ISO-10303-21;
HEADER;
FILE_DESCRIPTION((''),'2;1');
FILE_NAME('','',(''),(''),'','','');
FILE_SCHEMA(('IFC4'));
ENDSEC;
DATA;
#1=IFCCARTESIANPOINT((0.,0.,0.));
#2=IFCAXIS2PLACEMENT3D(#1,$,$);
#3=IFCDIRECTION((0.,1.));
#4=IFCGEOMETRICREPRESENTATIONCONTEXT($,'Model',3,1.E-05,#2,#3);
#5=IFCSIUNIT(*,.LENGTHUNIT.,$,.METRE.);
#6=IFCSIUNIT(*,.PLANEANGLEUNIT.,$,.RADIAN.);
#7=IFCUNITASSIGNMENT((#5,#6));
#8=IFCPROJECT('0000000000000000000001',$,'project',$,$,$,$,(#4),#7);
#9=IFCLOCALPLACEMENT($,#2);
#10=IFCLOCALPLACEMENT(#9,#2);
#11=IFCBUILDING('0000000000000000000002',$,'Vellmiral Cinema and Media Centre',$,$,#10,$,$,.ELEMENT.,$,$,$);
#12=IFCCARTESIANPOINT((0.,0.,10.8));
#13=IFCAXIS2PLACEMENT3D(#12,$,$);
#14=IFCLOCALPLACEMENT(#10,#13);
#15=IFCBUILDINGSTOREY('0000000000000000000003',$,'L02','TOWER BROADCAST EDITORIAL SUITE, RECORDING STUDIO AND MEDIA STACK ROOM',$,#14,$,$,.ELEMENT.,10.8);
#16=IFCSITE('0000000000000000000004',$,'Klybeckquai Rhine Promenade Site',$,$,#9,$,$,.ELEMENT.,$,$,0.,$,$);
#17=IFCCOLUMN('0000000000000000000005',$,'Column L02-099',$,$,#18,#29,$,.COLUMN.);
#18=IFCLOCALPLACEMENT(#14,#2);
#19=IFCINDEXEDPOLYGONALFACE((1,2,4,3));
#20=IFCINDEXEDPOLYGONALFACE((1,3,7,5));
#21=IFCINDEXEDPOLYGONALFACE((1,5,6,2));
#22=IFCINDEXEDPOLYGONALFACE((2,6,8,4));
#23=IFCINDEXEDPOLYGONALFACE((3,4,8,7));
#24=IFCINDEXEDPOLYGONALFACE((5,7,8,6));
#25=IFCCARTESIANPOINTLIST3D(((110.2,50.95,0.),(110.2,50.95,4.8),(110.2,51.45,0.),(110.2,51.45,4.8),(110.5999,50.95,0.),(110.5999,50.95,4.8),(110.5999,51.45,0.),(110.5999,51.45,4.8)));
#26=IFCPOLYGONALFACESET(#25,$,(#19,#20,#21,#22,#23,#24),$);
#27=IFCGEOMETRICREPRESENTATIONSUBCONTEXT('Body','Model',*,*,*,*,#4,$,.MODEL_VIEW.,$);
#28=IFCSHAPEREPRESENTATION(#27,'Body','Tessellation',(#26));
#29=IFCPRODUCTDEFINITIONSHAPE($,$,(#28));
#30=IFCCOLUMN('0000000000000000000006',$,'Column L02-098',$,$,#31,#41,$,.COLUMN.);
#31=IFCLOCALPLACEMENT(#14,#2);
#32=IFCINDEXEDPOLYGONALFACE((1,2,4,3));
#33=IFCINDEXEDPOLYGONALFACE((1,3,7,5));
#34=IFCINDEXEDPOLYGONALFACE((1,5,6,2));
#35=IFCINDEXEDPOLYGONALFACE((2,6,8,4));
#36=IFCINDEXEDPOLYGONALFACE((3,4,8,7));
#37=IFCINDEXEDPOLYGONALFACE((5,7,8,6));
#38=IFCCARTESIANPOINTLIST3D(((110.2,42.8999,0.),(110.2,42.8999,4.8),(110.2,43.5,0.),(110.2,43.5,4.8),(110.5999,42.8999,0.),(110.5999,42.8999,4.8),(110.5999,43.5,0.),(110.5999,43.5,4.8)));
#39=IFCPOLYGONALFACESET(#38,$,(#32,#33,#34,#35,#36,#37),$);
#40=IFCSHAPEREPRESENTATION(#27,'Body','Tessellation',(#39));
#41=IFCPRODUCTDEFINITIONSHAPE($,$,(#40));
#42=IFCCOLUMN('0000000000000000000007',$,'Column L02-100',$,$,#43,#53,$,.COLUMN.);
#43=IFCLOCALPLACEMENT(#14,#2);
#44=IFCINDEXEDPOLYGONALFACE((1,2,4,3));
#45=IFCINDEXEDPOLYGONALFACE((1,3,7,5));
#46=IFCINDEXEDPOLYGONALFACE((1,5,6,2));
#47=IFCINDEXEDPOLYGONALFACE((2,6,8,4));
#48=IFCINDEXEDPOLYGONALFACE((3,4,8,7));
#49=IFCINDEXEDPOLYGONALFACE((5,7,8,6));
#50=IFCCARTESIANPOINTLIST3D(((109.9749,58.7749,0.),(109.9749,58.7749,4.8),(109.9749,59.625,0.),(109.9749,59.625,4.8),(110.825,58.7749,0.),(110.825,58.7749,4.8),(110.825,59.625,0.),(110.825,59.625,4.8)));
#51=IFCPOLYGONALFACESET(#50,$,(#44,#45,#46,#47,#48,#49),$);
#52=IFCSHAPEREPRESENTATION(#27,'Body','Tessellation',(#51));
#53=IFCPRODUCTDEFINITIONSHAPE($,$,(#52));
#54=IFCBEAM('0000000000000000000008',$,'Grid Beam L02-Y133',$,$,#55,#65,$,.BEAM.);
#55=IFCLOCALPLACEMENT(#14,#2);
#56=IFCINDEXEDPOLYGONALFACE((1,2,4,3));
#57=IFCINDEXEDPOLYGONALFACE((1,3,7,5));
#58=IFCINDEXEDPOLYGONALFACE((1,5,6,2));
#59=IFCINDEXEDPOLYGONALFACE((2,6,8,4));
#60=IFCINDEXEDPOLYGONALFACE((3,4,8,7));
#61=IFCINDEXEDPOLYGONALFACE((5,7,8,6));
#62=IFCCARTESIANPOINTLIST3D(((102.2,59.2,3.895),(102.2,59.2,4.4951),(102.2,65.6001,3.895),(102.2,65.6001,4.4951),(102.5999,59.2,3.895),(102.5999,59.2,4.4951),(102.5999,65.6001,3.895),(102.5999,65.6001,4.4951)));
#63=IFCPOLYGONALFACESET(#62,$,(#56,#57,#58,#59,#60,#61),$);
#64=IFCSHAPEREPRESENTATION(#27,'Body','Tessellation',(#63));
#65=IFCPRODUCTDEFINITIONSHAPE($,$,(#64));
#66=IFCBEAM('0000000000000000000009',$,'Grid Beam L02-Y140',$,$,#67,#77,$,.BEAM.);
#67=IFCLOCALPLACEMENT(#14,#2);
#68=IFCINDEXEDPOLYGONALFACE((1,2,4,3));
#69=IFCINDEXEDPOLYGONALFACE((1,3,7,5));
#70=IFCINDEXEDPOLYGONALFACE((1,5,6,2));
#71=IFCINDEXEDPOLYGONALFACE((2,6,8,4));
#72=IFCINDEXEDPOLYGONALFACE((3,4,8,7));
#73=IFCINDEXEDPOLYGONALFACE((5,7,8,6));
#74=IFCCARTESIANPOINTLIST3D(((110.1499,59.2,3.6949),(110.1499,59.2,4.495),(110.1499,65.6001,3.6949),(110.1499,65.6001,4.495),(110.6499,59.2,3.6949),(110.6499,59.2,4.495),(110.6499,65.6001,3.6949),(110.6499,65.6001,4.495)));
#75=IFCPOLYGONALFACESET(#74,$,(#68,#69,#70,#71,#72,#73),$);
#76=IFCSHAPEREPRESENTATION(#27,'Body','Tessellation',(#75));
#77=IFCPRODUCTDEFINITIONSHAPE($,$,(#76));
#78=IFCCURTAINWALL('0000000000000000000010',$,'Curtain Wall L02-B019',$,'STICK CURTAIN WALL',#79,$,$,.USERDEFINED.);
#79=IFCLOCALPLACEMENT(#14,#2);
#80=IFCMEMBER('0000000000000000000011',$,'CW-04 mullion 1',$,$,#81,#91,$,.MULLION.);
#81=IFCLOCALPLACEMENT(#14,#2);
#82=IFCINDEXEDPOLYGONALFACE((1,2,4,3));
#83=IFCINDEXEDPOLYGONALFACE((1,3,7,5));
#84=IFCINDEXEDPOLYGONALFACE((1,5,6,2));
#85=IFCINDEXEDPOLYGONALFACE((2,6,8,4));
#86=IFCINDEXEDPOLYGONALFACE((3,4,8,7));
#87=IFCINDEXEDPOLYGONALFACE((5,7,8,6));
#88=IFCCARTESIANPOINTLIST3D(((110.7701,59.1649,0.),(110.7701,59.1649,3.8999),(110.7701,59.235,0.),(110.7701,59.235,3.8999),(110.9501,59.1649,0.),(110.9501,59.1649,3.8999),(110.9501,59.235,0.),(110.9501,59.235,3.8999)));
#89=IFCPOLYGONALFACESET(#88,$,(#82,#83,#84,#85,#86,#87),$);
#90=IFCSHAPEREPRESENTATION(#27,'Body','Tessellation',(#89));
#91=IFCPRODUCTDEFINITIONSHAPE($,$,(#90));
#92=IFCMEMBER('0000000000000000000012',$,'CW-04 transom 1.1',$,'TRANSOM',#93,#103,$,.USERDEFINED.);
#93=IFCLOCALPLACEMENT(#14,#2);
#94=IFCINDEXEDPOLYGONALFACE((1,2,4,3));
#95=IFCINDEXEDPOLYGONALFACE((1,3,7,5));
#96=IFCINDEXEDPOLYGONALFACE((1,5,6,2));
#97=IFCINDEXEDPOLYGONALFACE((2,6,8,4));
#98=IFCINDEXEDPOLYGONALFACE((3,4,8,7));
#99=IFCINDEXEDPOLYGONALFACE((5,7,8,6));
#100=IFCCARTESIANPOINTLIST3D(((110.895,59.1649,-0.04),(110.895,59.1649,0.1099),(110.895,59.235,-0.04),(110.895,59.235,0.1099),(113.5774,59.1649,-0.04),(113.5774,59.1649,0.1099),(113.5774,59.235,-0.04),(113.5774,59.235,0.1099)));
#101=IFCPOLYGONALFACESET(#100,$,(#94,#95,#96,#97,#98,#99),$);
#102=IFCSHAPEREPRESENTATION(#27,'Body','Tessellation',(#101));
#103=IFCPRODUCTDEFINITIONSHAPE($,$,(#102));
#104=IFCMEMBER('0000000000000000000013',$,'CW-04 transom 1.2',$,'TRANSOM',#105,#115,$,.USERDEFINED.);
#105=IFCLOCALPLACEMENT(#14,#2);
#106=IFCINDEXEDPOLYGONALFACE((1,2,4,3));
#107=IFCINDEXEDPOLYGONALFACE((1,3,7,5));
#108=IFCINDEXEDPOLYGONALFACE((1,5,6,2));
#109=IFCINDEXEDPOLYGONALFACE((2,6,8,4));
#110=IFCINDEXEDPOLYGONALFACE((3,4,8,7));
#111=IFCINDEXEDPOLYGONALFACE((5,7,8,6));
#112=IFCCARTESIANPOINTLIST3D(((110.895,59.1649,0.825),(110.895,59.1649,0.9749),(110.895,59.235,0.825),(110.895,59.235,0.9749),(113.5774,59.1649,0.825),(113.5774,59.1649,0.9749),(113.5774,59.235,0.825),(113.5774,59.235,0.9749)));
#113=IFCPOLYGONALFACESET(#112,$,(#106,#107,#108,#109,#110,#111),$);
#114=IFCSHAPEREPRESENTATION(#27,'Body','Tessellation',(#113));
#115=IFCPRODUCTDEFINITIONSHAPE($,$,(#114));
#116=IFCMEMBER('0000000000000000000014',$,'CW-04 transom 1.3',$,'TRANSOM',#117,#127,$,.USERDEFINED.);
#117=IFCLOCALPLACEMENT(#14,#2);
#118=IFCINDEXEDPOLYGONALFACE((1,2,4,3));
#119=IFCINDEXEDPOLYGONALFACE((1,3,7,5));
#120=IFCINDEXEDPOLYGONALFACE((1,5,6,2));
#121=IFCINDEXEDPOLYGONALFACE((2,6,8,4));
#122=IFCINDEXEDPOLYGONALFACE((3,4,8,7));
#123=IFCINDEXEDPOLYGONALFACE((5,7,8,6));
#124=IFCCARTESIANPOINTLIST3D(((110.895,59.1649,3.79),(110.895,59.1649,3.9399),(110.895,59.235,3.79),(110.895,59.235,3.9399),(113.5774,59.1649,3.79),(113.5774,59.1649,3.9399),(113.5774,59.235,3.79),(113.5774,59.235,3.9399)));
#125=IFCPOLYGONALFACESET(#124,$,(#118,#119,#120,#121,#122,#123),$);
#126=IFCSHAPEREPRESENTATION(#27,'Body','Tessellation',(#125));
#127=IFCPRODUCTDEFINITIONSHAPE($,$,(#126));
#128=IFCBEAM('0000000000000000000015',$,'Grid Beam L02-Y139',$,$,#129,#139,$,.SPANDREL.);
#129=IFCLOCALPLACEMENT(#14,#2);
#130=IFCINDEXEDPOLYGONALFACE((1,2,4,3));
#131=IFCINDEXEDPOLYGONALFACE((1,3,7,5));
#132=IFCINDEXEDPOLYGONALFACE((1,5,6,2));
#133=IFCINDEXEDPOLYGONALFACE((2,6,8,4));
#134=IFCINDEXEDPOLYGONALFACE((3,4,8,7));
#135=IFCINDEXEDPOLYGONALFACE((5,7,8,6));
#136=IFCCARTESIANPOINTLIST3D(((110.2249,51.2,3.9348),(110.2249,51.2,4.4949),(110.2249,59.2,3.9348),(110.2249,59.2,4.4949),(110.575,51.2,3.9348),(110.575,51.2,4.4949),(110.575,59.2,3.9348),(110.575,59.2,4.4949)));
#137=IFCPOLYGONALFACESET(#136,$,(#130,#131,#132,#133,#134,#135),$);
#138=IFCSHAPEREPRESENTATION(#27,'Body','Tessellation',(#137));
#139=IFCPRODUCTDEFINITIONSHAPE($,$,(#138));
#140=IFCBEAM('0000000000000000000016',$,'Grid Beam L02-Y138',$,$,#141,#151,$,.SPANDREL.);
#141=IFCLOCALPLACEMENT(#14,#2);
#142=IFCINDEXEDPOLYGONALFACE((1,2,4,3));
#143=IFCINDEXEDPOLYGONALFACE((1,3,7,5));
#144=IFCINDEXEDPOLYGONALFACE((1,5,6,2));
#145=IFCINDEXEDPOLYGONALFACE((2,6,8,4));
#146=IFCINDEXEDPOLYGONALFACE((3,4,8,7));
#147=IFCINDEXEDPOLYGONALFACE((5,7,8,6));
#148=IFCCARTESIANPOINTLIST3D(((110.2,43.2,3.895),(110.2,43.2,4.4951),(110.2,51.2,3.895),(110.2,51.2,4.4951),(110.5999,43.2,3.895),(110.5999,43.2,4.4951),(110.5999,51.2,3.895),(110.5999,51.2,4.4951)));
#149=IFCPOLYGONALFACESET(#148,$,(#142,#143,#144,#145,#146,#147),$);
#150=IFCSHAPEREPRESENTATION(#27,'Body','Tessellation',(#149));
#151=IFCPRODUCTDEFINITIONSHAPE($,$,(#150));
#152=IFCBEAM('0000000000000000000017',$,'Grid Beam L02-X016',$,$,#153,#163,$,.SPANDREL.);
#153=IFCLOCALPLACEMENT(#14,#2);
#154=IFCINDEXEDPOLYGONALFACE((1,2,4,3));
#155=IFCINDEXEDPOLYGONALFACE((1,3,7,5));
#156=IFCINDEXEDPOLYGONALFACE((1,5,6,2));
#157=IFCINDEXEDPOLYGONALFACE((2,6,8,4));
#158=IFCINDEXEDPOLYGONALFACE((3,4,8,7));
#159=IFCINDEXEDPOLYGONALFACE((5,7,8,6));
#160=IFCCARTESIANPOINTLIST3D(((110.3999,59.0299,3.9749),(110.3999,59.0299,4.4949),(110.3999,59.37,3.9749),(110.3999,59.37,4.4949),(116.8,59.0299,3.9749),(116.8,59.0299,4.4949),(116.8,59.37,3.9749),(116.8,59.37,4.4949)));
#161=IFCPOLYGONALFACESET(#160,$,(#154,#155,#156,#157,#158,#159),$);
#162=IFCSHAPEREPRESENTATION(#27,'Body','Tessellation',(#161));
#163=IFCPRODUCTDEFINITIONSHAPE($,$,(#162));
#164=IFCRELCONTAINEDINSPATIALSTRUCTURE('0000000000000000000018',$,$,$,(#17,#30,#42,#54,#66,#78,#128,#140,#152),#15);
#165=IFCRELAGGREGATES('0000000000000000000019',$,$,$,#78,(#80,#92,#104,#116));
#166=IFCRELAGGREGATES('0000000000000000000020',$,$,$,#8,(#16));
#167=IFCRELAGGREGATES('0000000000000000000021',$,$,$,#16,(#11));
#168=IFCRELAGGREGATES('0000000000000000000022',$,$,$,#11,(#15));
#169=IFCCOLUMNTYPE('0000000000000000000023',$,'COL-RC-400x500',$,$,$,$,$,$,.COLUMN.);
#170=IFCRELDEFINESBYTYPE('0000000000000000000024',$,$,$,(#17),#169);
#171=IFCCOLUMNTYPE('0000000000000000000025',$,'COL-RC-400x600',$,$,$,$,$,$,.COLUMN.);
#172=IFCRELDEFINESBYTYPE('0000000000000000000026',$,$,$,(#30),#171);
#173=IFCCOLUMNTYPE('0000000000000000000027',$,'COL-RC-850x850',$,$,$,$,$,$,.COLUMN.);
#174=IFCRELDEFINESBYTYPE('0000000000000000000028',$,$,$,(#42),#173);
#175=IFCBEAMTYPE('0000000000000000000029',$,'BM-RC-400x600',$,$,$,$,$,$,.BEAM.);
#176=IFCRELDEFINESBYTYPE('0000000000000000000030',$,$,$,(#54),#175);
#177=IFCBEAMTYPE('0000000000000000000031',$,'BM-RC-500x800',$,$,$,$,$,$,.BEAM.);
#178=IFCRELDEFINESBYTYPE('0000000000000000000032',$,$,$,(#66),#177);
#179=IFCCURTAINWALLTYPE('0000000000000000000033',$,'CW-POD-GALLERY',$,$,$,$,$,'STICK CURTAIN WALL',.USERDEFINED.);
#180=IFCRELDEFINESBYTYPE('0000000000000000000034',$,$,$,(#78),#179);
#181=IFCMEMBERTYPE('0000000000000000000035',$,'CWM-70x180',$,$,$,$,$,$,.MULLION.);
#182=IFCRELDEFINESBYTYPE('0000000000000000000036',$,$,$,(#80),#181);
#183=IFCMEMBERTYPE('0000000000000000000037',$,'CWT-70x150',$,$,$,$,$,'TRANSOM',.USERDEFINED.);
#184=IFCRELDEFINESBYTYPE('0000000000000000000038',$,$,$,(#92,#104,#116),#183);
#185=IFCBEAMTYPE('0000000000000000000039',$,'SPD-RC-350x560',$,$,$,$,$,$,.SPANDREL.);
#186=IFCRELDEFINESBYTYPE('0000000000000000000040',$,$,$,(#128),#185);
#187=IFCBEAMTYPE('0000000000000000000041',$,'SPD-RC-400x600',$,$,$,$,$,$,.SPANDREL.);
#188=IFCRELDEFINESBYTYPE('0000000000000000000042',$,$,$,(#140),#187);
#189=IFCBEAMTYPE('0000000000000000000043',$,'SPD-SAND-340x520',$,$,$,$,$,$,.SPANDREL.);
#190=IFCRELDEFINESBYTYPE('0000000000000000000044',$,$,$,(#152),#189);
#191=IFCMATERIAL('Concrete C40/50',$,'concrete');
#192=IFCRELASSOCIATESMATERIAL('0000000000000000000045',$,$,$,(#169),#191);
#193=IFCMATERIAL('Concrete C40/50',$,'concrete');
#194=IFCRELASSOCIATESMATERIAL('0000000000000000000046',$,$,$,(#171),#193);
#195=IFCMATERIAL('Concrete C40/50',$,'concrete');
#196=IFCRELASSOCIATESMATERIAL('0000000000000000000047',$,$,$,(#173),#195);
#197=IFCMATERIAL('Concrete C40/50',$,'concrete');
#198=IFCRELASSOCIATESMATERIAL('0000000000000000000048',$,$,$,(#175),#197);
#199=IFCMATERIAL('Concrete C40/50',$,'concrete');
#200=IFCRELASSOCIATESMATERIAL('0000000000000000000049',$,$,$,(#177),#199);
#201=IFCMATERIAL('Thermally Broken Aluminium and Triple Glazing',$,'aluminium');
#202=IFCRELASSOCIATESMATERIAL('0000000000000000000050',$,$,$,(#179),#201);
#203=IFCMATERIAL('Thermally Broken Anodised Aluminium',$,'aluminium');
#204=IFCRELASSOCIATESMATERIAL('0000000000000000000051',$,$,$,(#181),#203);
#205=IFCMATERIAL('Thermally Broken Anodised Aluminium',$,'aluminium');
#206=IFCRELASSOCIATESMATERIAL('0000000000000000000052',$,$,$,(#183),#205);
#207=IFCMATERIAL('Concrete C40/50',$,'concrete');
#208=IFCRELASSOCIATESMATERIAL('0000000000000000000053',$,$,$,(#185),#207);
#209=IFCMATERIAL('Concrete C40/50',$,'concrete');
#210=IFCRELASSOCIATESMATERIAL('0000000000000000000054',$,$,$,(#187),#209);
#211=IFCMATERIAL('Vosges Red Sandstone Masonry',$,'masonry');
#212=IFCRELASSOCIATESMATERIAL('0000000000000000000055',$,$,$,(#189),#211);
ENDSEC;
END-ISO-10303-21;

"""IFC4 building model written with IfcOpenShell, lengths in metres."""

from ifc_helpers import new_model, si_unit, direction, frame, origin, origin_2d, place, context, subcontext, project, spatial, rectangle, extrude, material, material_profile, profile_set, type_object, element, aggregate, save


model = new_model("IFC4")

# Units and contexts
model_context = context("Model", 3, precision=1e-05, world=origin(), true_north=direction((0.0, 1.0)))
body_context = subcontext(model_context, "Body", "Model", "MODEL_VIEW")
ifc_project = project(units=[si_unit("LENGTHUNIT", "METRE"), si_unit("PLANEANGLEUNIT", "RADIAN")], contexts=[model_context])

# Site, building, storey
site_placement = place(None, origin())
site = spatial("IfcSite", under=ifc_project, at=site_placement, Name="Klybeckquai Rhine Promenade Site", CompositionType="ELEMENT", RefElevation=0.0)
building_placement = place(site_placement, origin())
building = spatial("IfcBuilding", under=site, at=building_placement, Name="Vellmiral Cinema and Media Centre", CompositionType="ELEMENT")
storey_placement = place(building_placement, frame((0.0, 0.0, 10.8)))
storey = spatial("IfcBuildingStorey", under=building, at=storey_placement, Name="L02", Description="TOWER BROADCAST EDITORIAL SUITE, RECORDING STUDIO AND MEDIA STACK ROOM", CompositionType="ELEMENT", Elevation=10.8)

# Columns
ifc_material_1 = material(Name="Concrete C40/50", Category="concrete")
ifc_material_profile_1 = material_profile(ifc_material_1, rectangle(XDim=0.3999, YDim=0.5, at=origin_2d()), Name="RC 400x500")
ifc_profile_set_1 = profile_set([ifc_material_profile_1], Name="Concrete C40/50")
column_type_1 = type_object("IfcColumnType", Name="COL-RC-400x500", PredefinedType="COLUMN", material=ifc_profile_set_1)
column_1_placement = place(storey_placement, frame((110.3999, 51.2, 0.0), z_axis=(0.0, 0.0, 1.0), x_axis=(1.0, 0.0, 0.0)))
element("IfcColumn", 1, at=column_1_placement, inside=storey, type_object=column_type_1, Name="Column L02-099", PredefinedType="COLUMN", context=body_context, shape_type="SweptSolid", body=[
    extrude(rectangle(XDim=0.3999, YDim=0.5, at=origin_2d()), origin(), (0.0, 0.0, 1.0), 4.8),
])
ifc_material_2 = material(Name="Concrete C40/50", Category="concrete")
ifc_material_profile_2 = material_profile(ifc_material_2, rectangle(XDim=0.3999, YDim=0.6001, at=origin_2d()), Name="RC 400x600")
ifc_profile_set_2 = profile_set([ifc_material_profile_2], Name="Concrete C40/50")
column_type_2 = type_object("IfcColumnType", Name="COL-RC-400x600", PredefinedType="COLUMN", material=ifc_profile_set_2)
column_2_placement = place(storey_placement, frame((110.3999, 43.2, 0.0), z_axis=(0.0, 0.0, 1.0), x_axis=(1.0, 0.0, 0.0)))
element("IfcColumn", 2, at=column_2_placement, inside=storey, type_object=column_type_2, Name="Column L02-098", PredefinedType="COLUMN", context=body_context, shape_type="SweptSolid", body=[
    extrude(rectangle(XDim=0.3999, YDim=0.6001, at=origin_2d()), origin(), (0.0, 0.0, 1.0), 4.8),
])
ifc_material_3 = material(Name="Concrete C40/50", Category="concrete")
ifc_material_profile_3 = material_profile(ifc_material_3, rectangle(XDim=0.8501, YDim=0.8501, at=origin_2d()), Name="RC 850x850")
ifc_profile_set_3 = profile_set([ifc_material_profile_3], Name="Concrete C40/50")
column_type_3 = type_object("IfcColumnType", Name="COL-RC-850x850", PredefinedType="COLUMN", material=ifc_profile_set_3)
column_3_placement = place(storey_placement, frame((110.3999, 59.2, 0.0), z_axis=(0.0, 0.0, 1.0), x_axis=(1.0, 0.0, 0.0)))
element("IfcColumn", 3, at=column_3_placement, inside=storey, type_object=column_type_3, Name="Column L02-100", PredefinedType="COLUMN", context=body_context, shape_type="SweptSolid", body=[
    extrude(rectangle(XDim=0.8501, YDim=0.8501, at=origin_2d()), origin(), (0.0, 0.0, 1.0), 4.8),
])

# Beams
ifc_material_4 = material(Name="Concrete C40/50", Category="concrete")
ifc_material_profile_4 = material_profile(ifc_material_4, rectangle(XDim=0.3999, YDim=0.6001, at=origin_2d()), Name="RC 400x600")
ifc_profile_set_4 = profile_set([ifc_material_profile_4], Name="Concrete C40/50")
beam_type_1 = type_object("IfcBeamType", Name="BM-RC-400x600", PredefinedType="BEAM", material=ifc_profile_set_4)
beam_1_placement = place(storey_placement, frame((102.3999, 59.2, 4.1951), z_axis=(0.0, 1.0, 0.0), x_axis=(-1.0, 0.0, 0.0)))
element("IfcBeam", 4, at=beam_1_placement, inside=storey, type_object=beam_type_1, Name="Grid Beam L02-Y133", PredefinedType="BEAM", context=body_context, shape_type="SweptSolid", body=[
    extrude(rectangle(XDim=0.3999, YDim=0.6001, at=origin_2d()), origin(), (0.0, 0.0, 1.0), 6.4001),
])
ifc_material_5 = material(Name="Concrete C40/50", Category="concrete")
ifc_material_profile_5 = material_profile(ifc_material_5, rectangle(XDim=0.5, YDim=0.8, at=origin_2d()), Name="RC 500x800")
ifc_profile_set_5 = profile_set([ifc_material_profile_5], Name="Concrete C40/50")
beam_type_2 = type_object("IfcBeamType", Name="BM-RC-500x800", PredefinedType="BEAM", material=ifc_profile_set_5)
beam_2_placement = place(storey_placement, frame((110.3999, 59.2, 4.095), z_axis=(0.0, 1.0, 0.0), x_axis=(-1.0, 0.0, 0.0)))
element("IfcBeam", 5, at=beam_2_placement, inside=storey, type_object=beam_type_2, Name="Grid Beam L02-Y140", PredefinedType="BEAM", context=body_context, shape_type="SweptSolid", body=[
    extrude(rectangle(XDim=0.5, YDim=0.8, at=origin_2d()), origin(), (0.0, 0.0, 1.0), 6.4001),
])

# Curtain wall, members
ifc_material_6 = material(Name="Thermally Broken Aluminium and Triple Glazing", Category="aluminium")
curtain_wall_type = type_object("IfcCurtainWallType", Name="CW-POD-GALLERY", ElementType="STICK CURTAIN WALL", PredefinedType="USERDEFINED", material=ifc_material_6)
curtain_wall_placement = place(storey_placement, origin())
curtain_wall = element("IfcCurtainWall", 6, at=curtain_wall_placement, inside=storey, type_object=curtain_wall_type, Name="Curtain Wall L02-B019", ObjectType="STICK CURTAIN WALL", PredefinedType="USERDEFINED")
ifc_material_7 = material(Name="Thermally Broken Anodised Aluminium", Category="aluminium")
ifc_material_profile_6 = material_profile(ifc_material_7, rectangle(XDim=0.0701, YDim=0.1799, at=origin_2d()), Name="MULL 70x180")
ifc_profile_set_6 = profile_set([ifc_material_profile_6], Name="Thermally Broken Anodised Aluminium")
member_type_1 = type_object("IfcMemberType", Name="CWM-70x180", PredefinedType="MULLION", material=ifc_profile_set_6)
member_1_placement = place(storey_placement, frame((110.8601, 59.2, 0.0), z_axis=(0.0, 0.0, 1.0), x_axis=(0.0, 1.0, 0.0)))
member_1 = element("IfcMember", 7, at=member_1_placement, type_object=member_type_1, Name="CW-04 mullion 1", PredefinedType="MULLION", context=body_context, shape_type="SweptSolid", body=[
    extrude(rectangle(XDim=0.0701, YDim=0.1799, at=origin_2d()), origin(), (0.0, 0.0, 1.0), 3.8999),
])
ifc_material_8 = material(Name="Thermally Broken Anodised Aluminium", Category="aluminium")
ifc_material_profile_7 = material_profile(ifc_material_8, rectangle(XDim=0.0701, YDim=0.1499, at=origin_2d()), Name="MULL 70x150")
ifc_profile_set_7 = profile_set([ifc_material_profile_7], Name="Thermally Broken Anodised Aluminium")
member_type_2 = type_object("IfcMemberType", Name="CWT-70x150", ElementType="TRANSOM", PredefinedType="USERDEFINED", material=ifc_profile_set_7)
member_2_placement = place(storey_placement, frame((110.895, 59.2, 0.0349), z_axis=(1.0, 0.0, 0.0), x_axis=(0.0, 1.0, 0.0)))
member_2 = element("IfcMember", 8, at=member_2_placement, type_object=member_type_2, Name="CW-04 transom 1.1", ObjectType="TRANSOM", PredefinedType="USERDEFINED", context=body_context, shape_type="SweptSolid", body=[
    extrude(rectangle(XDim=0.0701, YDim=0.1499, at=origin_2d()), origin(), (0.0, 0.0, 1.0), 2.6824),
])
member_3_placement = place(storey_placement, frame((110.895, 59.2, 0.8999), z_axis=(1.0, 0.0, 0.0), x_axis=(0.0, 1.0, 0.0)))
member_3 = element("IfcMember", 9, at=member_3_placement, type_object=member_type_2, Name="CW-04 transom 1.2", ObjectType="TRANSOM", PredefinedType="USERDEFINED", context=body_context, shape_type="SweptSolid", body=[
    extrude(rectangle(XDim=0.0701, YDim=0.1499, at=origin_2d()), origin(), (0.0, 0.0, 1.0), 2.6824),
])
member_4_placement = place(storey_placement, frame((110.895, 59.2, 3.865), z_axis=(1.0, 0.0, 0.0), x_axis=(0.0, 1.0, 0.0)))
member_4 = element("IfcMember", 10, at=member_4_placement, type_object=member_type_2, Name="CW-04 transom 1.3", ObjectType="TRANSOM", PredefinedType="USERDEFINED", context=body_context, shape_type="SweptSolid", body=[
    extrude(rectangle(XDim=0.0701, YDim=0.1499, at=origin_2d()), origin(), (0.0, 0.0, 1.0), 2.6824),
])

# Beams
ifc_material_9 = material(Name="Concrete C40/50", Category="concrete")
ifc_material_profile_8 = material_profile(ifc_material_9, rectangle(XDim=0.3501, YDim=0.5601, at=origin_2d()), Name="RC 350x560")
ifc_profile_set_8 = profile_set([ifc_material_profile_8], Name="Concrete C40/50")
beam_type_3 = type_object("IfcBeamType", Name="SPD-RC-350x560", PredefinedType="SPANDREL", material=ifc_profile_set_8)
beam_3_placement = place(storey_placement, frame((110.3999, 51.2, 4.2148), z_axis=(0.0, 1.0, 0.0), x_axis=(-1.0, 0.0, 0.0)))
element("IfcBeam", 11, at=beam_3_placement, inside=storey, type_object=beam_type_3, Name="Grid Beam L02-Y139", PredefinedType="SPANDREL", context=body_context, shape_type="SweptSolid", body=[
    extrude(rectangle(XDim=0.3501, YDim=0.5601, at=origin_2d()), origin(), (0.0, 0.0, 1.0), 8.0),
])
ifc_material_10 = material(Name="Concrete C40/50", Category="concrete")
ifc_material_profile_9 = material_profile(ifc_material_10, rectangle(XDim=0.3999, YDim=0.6001, at=origin_2d()), Name="RC 400x600")
ifc_profile_set_9 = profile_set([ifc_material_profile_9], Name="Concrete C40/50")
beam_type_4 = type_object("IfcBeamType", Name="SPD-RC-400x600", PredefinedType="SPANDREL", material=ifc_profile_set_9)
beam_4_placement = place(storey_placement, frame((110.3999, 43.2, 4.1951), z_axis=(0.0, 1.0, 0.0), x_axis=(-1.0, 0.0, 0.0)))
element("IfcBeam", 12, at=beam_4_placement, inside=storey, type_object=beam_type_4, Name="Grid Beam L02-Y138", PredefinedType="SPANDREL", context=body_context, shape_type="SweptSolid", body=[
    extrude(rectangle(XDim=0.3999, YDim=0.6001, at=origin_2d()), origin(), (0.0, 0.0, 1.0), 8.0),
])
ifc_material_11 = material(Name="Vosges Red Sandstone Masonry", Category="masonry")
ifc_material_profile_10 = material_profile(ifc_material_11, rectangle(XDim=0.3401, YDim=0.52, at=origin_2d()), Name="SAND 340x520")
ifc_profile_set_10 = profile_set([ifc_material_profile_10], Name="Vosges Red Sandstone Masonry")
beam_type_5 = type_object("IfcBeamType", Name="SPD-SAND-340x520", PredefinedType="SPANDREL", material=ifc_profile_set_10)
beam_5_placement = place(storey_placement, frame((110.3999, 59.2, 4.2349), z_axis=(1.0, 0.0, 0.0), x_axis=(0.0, 1.0, 0.0)))
element("IfcBeam", 13, at=beam_5_placement, inside=storey, type_object=beam_type_5, Name="Grid Beam L02-X016", PredefinedType="SPANDREL", context=body_context, shape_type="SweptSolid", body=[
    extrude(rectangle(XDim=0.3401, YDim=0.52, at=origin_2d()), origin(), (0.0, 0.0, 1.0), 6.4001),
])

aggregate(curtain_wall, [member_1, member_2, member_3, member_4])

save(model, "model.ifc")
